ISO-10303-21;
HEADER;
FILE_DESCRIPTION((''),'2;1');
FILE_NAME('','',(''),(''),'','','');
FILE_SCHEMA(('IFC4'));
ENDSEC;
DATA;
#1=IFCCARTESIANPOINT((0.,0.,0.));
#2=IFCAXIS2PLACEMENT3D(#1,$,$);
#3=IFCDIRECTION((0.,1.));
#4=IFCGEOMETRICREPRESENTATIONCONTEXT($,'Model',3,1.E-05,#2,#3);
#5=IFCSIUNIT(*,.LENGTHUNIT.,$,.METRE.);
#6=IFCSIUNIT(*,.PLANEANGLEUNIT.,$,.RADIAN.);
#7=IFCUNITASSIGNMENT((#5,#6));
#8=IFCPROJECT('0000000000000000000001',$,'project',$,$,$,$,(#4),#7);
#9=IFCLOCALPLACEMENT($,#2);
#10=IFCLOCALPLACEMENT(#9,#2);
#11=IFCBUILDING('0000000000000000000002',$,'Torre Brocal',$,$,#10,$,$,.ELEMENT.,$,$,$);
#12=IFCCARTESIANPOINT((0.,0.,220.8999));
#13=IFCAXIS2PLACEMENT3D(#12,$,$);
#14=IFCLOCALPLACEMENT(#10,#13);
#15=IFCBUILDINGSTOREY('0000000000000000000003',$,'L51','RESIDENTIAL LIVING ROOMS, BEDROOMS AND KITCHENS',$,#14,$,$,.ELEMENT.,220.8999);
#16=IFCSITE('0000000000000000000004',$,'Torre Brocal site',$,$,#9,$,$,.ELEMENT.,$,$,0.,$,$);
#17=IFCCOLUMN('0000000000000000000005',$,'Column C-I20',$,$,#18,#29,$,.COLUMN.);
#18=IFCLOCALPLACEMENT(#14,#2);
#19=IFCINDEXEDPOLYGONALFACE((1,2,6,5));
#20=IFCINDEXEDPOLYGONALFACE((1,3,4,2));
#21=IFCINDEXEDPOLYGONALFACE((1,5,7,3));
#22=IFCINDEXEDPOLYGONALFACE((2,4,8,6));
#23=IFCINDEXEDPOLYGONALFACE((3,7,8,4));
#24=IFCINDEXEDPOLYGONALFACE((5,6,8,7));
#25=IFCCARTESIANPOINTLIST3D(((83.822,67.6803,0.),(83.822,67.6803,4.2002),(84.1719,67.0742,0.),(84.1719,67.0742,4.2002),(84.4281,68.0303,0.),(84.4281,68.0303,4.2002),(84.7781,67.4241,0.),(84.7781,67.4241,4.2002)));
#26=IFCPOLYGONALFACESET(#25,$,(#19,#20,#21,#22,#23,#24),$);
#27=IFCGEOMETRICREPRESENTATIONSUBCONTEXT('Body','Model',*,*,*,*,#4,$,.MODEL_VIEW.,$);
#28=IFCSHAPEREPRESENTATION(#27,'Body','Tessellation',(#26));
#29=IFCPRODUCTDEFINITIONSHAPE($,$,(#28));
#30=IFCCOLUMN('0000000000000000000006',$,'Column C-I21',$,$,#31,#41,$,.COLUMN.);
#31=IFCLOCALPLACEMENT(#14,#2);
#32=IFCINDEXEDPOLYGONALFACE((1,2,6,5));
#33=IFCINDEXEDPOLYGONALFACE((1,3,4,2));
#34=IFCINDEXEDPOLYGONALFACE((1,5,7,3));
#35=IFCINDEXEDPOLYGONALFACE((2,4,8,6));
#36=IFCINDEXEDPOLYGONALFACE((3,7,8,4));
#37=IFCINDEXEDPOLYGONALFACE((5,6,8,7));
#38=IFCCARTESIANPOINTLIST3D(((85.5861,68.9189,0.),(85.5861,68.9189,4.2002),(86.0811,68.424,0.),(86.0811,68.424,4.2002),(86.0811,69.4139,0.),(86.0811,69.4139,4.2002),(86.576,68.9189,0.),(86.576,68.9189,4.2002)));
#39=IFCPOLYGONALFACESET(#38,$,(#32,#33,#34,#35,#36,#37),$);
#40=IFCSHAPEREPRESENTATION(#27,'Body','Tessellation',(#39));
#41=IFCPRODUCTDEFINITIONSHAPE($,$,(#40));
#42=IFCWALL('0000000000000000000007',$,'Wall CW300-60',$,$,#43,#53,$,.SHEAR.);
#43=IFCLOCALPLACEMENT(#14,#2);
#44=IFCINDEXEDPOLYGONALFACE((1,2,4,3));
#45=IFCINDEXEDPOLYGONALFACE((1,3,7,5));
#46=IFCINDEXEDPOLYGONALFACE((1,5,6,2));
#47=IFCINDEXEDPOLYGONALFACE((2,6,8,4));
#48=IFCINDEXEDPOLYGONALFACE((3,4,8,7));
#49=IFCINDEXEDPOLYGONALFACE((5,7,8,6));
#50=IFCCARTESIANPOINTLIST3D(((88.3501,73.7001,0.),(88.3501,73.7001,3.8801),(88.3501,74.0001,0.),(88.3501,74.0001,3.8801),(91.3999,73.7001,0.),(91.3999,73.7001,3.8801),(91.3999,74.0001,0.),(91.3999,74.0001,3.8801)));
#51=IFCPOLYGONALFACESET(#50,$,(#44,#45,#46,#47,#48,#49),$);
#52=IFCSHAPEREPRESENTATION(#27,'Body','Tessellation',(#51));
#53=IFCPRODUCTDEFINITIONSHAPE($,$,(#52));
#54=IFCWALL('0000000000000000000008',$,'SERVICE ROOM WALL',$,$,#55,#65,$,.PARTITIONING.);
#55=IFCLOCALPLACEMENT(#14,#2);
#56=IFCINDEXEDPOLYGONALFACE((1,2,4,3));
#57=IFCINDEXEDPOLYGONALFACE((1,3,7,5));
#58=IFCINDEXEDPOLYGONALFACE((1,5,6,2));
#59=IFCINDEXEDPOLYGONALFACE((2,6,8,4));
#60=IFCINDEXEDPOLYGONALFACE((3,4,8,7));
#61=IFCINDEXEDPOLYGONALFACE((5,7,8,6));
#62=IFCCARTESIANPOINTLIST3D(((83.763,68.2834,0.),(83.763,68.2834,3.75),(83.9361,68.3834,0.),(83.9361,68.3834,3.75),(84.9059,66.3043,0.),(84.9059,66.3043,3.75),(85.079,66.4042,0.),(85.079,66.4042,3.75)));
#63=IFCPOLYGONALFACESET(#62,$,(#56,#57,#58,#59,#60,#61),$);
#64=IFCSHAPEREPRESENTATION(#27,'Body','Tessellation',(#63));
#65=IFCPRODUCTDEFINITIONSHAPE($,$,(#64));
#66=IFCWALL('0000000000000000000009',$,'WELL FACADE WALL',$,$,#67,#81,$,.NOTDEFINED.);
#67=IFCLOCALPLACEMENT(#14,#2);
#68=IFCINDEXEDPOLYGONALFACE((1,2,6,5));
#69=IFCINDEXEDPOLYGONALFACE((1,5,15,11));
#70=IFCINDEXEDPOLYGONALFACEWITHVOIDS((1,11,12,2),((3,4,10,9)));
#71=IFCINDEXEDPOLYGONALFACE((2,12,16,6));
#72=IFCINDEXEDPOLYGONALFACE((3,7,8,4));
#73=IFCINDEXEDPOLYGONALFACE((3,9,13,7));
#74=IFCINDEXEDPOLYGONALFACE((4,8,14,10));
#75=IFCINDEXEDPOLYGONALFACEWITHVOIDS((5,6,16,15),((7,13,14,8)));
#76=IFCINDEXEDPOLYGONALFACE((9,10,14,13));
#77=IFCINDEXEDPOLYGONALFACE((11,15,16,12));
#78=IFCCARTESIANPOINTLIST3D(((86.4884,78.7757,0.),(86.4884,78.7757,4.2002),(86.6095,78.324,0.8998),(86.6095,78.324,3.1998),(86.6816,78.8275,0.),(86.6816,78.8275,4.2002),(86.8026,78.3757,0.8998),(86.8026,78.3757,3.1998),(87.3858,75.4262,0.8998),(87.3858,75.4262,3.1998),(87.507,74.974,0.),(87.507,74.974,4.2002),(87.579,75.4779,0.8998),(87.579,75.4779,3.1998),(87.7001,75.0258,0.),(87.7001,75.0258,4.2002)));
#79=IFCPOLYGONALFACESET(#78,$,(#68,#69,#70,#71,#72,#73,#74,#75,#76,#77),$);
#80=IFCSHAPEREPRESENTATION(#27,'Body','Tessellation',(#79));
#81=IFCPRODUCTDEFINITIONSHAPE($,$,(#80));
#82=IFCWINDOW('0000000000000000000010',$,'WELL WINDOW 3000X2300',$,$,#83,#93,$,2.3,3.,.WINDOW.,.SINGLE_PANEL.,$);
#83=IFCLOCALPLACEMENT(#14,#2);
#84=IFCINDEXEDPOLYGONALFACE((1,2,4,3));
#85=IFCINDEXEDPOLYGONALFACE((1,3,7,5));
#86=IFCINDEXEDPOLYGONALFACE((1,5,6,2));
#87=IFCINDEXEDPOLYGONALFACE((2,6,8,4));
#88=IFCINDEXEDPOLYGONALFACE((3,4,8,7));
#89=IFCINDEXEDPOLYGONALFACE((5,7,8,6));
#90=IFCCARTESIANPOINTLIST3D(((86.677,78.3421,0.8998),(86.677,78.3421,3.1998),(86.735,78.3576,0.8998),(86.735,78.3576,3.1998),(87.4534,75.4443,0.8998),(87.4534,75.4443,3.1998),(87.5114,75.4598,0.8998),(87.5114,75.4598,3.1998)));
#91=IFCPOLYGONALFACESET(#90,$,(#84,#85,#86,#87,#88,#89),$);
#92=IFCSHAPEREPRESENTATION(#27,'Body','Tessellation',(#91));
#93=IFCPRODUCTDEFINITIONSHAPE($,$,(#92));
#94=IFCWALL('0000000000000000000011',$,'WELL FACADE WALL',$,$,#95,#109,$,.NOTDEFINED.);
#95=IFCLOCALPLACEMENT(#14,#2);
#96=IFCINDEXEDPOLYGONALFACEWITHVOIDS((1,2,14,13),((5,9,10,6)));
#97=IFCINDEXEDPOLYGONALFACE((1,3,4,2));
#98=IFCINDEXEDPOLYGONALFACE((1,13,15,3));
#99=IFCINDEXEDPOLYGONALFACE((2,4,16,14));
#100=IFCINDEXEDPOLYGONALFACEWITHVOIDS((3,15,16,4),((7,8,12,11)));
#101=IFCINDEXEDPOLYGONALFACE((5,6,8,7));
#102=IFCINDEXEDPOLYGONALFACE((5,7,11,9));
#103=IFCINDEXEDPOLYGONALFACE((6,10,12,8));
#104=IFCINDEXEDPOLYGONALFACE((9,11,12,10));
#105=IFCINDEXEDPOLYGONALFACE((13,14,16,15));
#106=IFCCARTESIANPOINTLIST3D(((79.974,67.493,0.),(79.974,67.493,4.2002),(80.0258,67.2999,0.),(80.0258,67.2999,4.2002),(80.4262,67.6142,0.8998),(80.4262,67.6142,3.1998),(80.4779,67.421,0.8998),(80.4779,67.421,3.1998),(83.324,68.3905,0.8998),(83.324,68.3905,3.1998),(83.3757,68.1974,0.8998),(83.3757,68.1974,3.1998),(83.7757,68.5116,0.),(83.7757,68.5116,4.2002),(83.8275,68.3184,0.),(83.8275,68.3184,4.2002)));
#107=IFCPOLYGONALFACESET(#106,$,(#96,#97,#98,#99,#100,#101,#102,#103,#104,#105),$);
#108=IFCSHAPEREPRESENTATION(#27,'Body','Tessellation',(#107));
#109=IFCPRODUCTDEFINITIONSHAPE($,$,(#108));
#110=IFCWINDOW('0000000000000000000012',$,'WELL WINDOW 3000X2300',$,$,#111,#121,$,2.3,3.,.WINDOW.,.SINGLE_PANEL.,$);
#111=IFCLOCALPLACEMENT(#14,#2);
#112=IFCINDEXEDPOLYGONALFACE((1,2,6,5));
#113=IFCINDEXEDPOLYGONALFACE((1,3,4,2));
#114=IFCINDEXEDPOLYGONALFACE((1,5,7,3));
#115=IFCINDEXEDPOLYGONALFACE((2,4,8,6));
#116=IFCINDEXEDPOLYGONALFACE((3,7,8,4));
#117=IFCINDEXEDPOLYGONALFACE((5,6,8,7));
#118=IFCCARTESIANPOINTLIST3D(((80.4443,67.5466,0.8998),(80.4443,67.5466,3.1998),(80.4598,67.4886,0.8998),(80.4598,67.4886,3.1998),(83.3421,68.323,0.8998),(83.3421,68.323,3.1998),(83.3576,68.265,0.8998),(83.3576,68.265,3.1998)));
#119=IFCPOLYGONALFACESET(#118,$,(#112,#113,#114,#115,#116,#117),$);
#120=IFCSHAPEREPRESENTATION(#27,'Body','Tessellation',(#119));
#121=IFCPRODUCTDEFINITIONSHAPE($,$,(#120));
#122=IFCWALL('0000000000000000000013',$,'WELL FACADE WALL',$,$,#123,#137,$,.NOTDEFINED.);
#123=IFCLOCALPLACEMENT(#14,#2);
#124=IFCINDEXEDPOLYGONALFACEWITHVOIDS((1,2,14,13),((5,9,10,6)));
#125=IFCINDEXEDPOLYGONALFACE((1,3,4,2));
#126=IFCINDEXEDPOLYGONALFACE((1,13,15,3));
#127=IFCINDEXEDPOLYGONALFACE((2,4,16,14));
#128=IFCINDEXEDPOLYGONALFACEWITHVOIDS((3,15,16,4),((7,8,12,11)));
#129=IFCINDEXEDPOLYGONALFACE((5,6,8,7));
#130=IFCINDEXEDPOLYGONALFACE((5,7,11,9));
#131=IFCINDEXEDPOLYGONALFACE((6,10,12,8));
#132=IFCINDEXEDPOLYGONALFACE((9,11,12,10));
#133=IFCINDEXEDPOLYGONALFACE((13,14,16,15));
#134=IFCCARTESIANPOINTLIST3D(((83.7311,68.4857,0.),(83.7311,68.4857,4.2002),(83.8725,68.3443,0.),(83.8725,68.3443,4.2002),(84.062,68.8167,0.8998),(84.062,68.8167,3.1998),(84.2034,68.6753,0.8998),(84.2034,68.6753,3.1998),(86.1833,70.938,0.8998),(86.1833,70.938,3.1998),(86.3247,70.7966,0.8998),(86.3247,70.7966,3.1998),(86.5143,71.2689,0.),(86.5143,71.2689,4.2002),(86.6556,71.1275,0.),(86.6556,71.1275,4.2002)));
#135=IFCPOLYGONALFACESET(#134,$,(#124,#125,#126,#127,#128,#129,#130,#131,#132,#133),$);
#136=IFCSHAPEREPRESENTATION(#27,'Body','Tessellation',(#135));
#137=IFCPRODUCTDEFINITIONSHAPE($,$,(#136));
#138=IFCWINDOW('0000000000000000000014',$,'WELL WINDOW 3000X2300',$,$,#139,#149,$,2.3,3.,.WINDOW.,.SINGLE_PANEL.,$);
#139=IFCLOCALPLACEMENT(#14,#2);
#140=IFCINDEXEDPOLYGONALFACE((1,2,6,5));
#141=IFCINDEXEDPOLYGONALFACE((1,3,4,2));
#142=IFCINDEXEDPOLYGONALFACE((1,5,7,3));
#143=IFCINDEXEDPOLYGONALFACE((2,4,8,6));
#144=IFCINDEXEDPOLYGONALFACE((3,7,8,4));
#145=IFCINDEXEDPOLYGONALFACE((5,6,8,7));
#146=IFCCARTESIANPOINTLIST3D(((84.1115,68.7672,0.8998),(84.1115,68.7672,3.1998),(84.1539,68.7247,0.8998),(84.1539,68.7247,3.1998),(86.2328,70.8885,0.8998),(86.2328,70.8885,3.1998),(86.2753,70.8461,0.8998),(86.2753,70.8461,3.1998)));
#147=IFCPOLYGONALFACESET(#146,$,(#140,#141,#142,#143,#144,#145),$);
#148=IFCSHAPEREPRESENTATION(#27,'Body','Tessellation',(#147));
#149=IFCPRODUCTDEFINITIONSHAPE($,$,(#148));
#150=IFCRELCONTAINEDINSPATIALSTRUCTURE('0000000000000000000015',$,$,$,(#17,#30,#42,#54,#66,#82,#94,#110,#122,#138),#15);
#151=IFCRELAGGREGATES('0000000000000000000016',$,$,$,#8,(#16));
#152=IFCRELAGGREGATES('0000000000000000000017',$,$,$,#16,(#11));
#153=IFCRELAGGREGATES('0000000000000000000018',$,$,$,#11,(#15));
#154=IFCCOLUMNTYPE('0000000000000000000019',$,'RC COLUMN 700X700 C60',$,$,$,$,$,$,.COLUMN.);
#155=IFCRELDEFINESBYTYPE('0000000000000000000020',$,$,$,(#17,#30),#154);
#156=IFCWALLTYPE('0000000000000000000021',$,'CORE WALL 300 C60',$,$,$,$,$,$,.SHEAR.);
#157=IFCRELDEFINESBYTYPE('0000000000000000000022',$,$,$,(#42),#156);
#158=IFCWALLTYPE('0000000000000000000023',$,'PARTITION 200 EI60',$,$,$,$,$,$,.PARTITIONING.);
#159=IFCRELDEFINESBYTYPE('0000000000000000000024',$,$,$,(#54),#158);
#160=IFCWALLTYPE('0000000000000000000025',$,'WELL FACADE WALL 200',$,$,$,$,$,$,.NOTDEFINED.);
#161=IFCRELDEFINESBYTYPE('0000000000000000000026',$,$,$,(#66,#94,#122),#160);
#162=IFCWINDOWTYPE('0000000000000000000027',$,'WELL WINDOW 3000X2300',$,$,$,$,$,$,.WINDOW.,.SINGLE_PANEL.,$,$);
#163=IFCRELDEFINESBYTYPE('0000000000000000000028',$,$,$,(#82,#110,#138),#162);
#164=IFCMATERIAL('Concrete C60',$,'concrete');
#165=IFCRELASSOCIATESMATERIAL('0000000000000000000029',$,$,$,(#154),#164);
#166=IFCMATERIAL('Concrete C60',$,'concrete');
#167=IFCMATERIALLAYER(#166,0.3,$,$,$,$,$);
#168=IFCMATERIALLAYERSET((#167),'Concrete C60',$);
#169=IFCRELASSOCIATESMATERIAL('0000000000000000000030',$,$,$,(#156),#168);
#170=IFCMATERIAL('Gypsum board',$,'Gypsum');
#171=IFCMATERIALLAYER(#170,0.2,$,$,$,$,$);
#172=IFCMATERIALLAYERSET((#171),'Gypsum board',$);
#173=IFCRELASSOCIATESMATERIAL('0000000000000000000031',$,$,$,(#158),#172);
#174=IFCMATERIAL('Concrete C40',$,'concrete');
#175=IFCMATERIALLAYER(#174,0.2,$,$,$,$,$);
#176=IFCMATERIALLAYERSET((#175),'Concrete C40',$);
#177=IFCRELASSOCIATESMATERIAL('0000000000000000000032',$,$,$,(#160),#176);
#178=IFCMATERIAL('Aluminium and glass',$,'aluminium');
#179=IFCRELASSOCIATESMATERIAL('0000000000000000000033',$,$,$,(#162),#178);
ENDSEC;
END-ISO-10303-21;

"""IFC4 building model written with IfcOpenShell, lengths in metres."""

from ifc_helpers import new_model, si_unit, direction, frame, frame_2d, origin, origin_2d, place, context, subcontext, project, spatial, rectangle, extrude, material, layer, layer_set, material_profile, profile_set, type_object, element, fill, save


model = new_model("IFC4")

# Units and contexts
model_context = context("Model", 3, precision=1e-05, world=origin(), true_north=direction((0.0, 1.0)))
body_context = subcontext(model_context, "Body", "Model", "MODEL_VIEW")
ifc_project = project(units=[si_unit("LENGTHUNIT", "METRE"), si_unit("PLANEANGLEUNIT", "RADIAN")], contexts=[model_context])

# Site, building, storey
site_placement = place(None, origin())
site = spatial("IfcSite", under=ifc_project, at=site_placement, Name="Torre Brocal site", CompositionType="ELEMENT", RefElevation=0.0)
building_placement = place(site_placement, origin())
building = spatial("IfcBuilding", under=site, at=building_placement, Name="Torre Brocal", CompositionType="ELEMENT")
storey_placement = place(building_placement, frame((0.0, 0.0, 220.8999)))
storey = spatial("IfcBuildingStorey", under=building, at=storey_placement, Name="L51", Description="RESIDENTIAL LIVING ROOMS, BEDROOMS AND KITCHENS", CompositionType="ELEMENT", Elevation=220.8999)

# Columns
ifc_material_1 = material(Name="Concrete C60", Category="concrete")
ifc_material_profile = material_profile(ifc_material_1, rectangle(XDim=0.7, YDim=0.7, at=origin_2d()), Name="RC 700X700")
ifc_profile_set = profile_set([ifc_material_profile], Name="Concrete C60")
column_type = type_object("IfcColumnType", Name="RC COLUMN 700X700 C60", PredefinedType="COLUMN", material=ifc_profile_set)
for number, where, z_axis, x_axis, name in (
    (1, (84.3, 67.5522, 0.0), (0.0, 0.0, 1.0), (0.5, -0.866025, 0.0), "Column C-I20"),
    (2, (86.0811, 68.9189, 0.0), (0.0, 0.0, 1.0), (0.707107, -0.707107, 0.0), "Column C-I21"),
):
    element("IfcColumn", number, at=place(storey_placement, frame(where, z_axis=z_axis, x_axis=x_axis)), inside=storey, type_object=column_type, Name=name, PredefinedType="COLUMN", context=body_context, shape_type="SweptSolid", body=[
        extrude(rectangle(XDim=0.7, YDim=0.7, at=origin_2d()), origin(), (0.0, 0.0, 1.0), 4.2002),
    ])

# Walls
ifc_material_2 = material(Name="Concrete C60", Category="concrete")
ifc_layer_1 = layer(ifc_material_2, 0.3)
ifc_layer_set_1 = layer_set([ifc_layer_1], Name="Concrete C60")
wall_type_1 = type_object("IfcWallType", Name="CORE WALL 300 C60", PredefinedType="SHEAR", material=ifc_layer_set_1)
wall_1_placement = place(storey_placement, frame((88.3501, 73.8501, 0.0), z_axis=(0.0, 0.0, 1.0), x_axis=(1.0, 0.0, 0.0)))
element("IfcWall", 3, at=wall_1_placement, inside=storey, type_object=wall_type_1, Name="Wall CW300-60", PredefinedType="SHEAR", context=body_context, shape_type="SweptSolid", body=[
    extrude(rectangle(XDim=3.0498, YDim=0.3, at=frame_2d((1.5249, 0.0))), origin(), (0.0, 0.0, 1.0), 3.8801),
])
ifc_material_3 = material(Name="Gypsum board", Category="Gypsum")
ifc_layer_2 = layer(ifc_material_3, 0.2)
ifc_layer_set_2 = layer_set([ifc_layer_2], Name="Gypsum board")
wall_type_2 = type_object("IfcWallType", Name="PARTITION 200 EI60", PredefinedType="PARTITIONING", material=ifc_layer_set_2)
wall_2_placement = place(storey_placement, frame((83.8496, 68.3333, 0.0), z_axis=(0.0, 0.0, 1.0), x_axis=(0.50008, -0.865979, 0.0)))
element("IfcWall", 4, at=wall_2_placement, inside=storey, type_object=wall_type_2, Name="SERVICE ROOM WALL", PredefinedType="PARTITIONING", context=body_context, shape_type="SweptSolid", body=[
    extrude(rectangle(XDim=2.2854, YDim=0.2, at=frame_2d((1.1426, 0.0))), origin(), (0.0, 0.0, 1.0), 3.75),
])

# Walls, openings, windows
ifc_material_4 = material(Name="Concrete C40", Category="concrete")
ifc_layer_3 = layer(ifc_material_4, 0.2)
ifc_layer_set_3 = layer_set([ifc_layer_3], Name="Concrete C40")
wall_type_3 = type_object("IfcWallType", Name="WELL FACADE WALL 200", PredefinedType="NOTDEFINED", material=ifc_layer_set_3)
wall_3_placement = place(storey_placement, frame((87.6035, 75.0, 0.0), z_axis=(0.0, 0.0, 1.0), x_axis=(-0.25879, 0.965934, 0.0)))
wall_3 = element("IfcWall", 5, at=wall_3_placement, inside=storey, type_object=wall_type_3, Name="WELL FACADE WALL", PredefinedType="NOTDEFINED", context=body_context, shape_type="SweptSolid", body=[
    extrude(rectangle(XDim=3.9358, YDim=0.2, at=frame_2d((1.9678, 0.0))), origin(), (0.0, 0.0, 1.0), 4.2002),
])
opening_1_placement = place(wall_3_placement, frame((0.468, 0.0, 0.8999)))
opening_1 = element("IfcOpeningElement", 6, at=opening_1_placement, cuts=wall_3, PredefinedType="OPENING", context=body_context, shape_type="SweptSolid", body=[
    extrude(rectangle(XDim=3.0, YDim=2.3, at=frame_2d((1.5, 1.1499))), frame((0.0, 0.1099, 0.0), z_axis=(0.0, -1.0, 0.0), x_axis=(1.0, 0.0, 0.0)), (0.0, 0.0, 1.0), 0.22),
])
ifc_material_5 = material(Name="Aluminium and glass", Category="aluminium")
window_type = type_object("IfcWindowType", Name="WELL WINDOW 3000X2300", PartitioningType="SINGLE_PANEL", PredefinedType="WINDOW", material=ifc_material_5)
window_1_placement = place(opening_1_placement, origin())
window_1 = element("IfcWindow", 7, at=window_1_placement, inside=storey, type_object=window_type, Name="WELL WINDOW 3000X2300", OverallHeight=2.3, OverallWidth=3.0, PartitioningType="SINGLE_PANEL", PredefinedType="WINDOW", context=body_context, shape_type="SweptSolid", body=[
    extrude(rectangle(XDim=3.0, YDim=2.3, at=frame_2d((1.5, 1.1499))), frame((0.0, 0.03, 0.0), z_axis=(0.0, -1.0, 0.0), x_axis=(1.0, 0.0, 0.0)), (0.0, 0.0, 1.0), 0.0601),
])
fill(opening_1, window_1)
wall_4_placement = place(storey_placement, frame((80.0, 67.3965, 0.0), z_axis=(0.0, 0.0, 1.0), x_axis=(0.965934, 0.25879, 0.0)))
wall_4 = element("IfcWall", 8, at=wall_4_placement, inside=storey, type_object=wall_type_3, Name="WELL FACADE WALL", PredefinedType="NOTDEFINED", context=body_context, shape_type="SweptSolid", body=[
    extrude(rectangle(XDim=3.9358, YDim=0.2, at=frame_2d((1.9678, 0.0))), origin(), (0.0, 0.0, 1.0), 4.2002),
])
opening_2_placement = place(wall_4_placement, frame((0.468, 0.0, 0.8999)))
opening_2 = element("IfcOpeningElement", 9, at=opening_2_placement, cuts=wall_4, PredefinedType="OPENING", context=body_context, shape_type="SweptSolid", body=[
    extrude(rectangle(XDim=3.0, YDim=2.3, at=frame_2d((1.5, 1.1499))), frame((0.0, 0.1099, 0.0), z_axis=(0.0, -1.0, 0.0), x_axis=(1.0, 0.0, 0.0)), (0.0, 0.0, 1.0), 0.22),
])
window_2_placement = place(opening_2_placement, origin())
window_2 = element("IfcWindow", 10, at=window_2_placement, inside=storey, type_object=window_type, Name="WELL WINDOW 3000X2300", OverallHeight=2.3, OverallWidth=3.0, PartitioningType="SINGLE_PANEL", PredefinedType="WINDOW", context=body_context, shape_type="SweptSolid", body=[
    extrude(rectangle(XDim=3.0, YDim=2.3, at=frame_2d((1.5, 1.1499))), frame((0.0, 0.03, 0.0), z_axis=(0.0, -1.0, 0.0), x_axis=(1.0, 0.0, 0.0)), (0.0, 0.0, 1.0), 0.0601),
])
fill(opening_2, window_2)
wall_5_placement = place(storey_placement, frame((83.8018, 68.415, 0.0), z_axis=(0.0, 0.0, 1.0), x_axis=(0.707107, 0.707107, 0.0)))
wall_5 = element("IfcWall", 11, at=wall_5_placement, inside=storey, type_object=wall_type_3, Name="WELL FACADE WALL", PredefinedType="NOTDEFINED", context=body_context, shape_type="SweptSolid", body=[
    extrude(rectangle(XDim=3.936, YDim=0.2, at=frame_2d((1.968, 0.0))), origin(), (0.0, 0.0, 1.0), 4.2002),
])
opening_3_placement = place(wall_5_placement, frame((0.468, 0.0, 0.8999)))
opening_3 = element("IfcOpeningElement", 12, at=opening_3_placement, cuts=wall_5, PredefinedType="OPENING", context=body_context, shape_type="SweptSolid", body=[
    extrude(rectangle(XDim=3.0, YDim=2.3, at=frame_2d((1.5, 1.1499))), frame((0.0, 0.1099, 0.0), z_axis=(0.0, -1.0, 0.0), x_axis=(1.0, 0.0, 0.0)), (0.0, 0.0, 1.0), 0.22),
])
window_3_placement = place(opening_3_placement, origin())
window_3 = element("IfcWindow", 13, at=window_3_placement, inside=storey, type_object=window_type, Name="WELL WINDOW 3000X2300", OverallHeight=2.3, OverallWidth=3.0, PartitioningType="SINGLE_PANEL", PredefinedType="WINDOW", context=body_context, shape_type="SweptSolid", body=[
    extrude(rectangle(XDim=3.0, YDim=2.3, at=frame_2d((1.5, 1.1499))), frame((0.0, 0.03, 0.0), z_axis=(0.0, -1.0, 0.0), x_axis=(1.0, 0.0, 0.0)), (0.0, 0.0, 1.0), 0.0601),
])
fill(opening_3, window_3)

save(model, "model.ifc")
